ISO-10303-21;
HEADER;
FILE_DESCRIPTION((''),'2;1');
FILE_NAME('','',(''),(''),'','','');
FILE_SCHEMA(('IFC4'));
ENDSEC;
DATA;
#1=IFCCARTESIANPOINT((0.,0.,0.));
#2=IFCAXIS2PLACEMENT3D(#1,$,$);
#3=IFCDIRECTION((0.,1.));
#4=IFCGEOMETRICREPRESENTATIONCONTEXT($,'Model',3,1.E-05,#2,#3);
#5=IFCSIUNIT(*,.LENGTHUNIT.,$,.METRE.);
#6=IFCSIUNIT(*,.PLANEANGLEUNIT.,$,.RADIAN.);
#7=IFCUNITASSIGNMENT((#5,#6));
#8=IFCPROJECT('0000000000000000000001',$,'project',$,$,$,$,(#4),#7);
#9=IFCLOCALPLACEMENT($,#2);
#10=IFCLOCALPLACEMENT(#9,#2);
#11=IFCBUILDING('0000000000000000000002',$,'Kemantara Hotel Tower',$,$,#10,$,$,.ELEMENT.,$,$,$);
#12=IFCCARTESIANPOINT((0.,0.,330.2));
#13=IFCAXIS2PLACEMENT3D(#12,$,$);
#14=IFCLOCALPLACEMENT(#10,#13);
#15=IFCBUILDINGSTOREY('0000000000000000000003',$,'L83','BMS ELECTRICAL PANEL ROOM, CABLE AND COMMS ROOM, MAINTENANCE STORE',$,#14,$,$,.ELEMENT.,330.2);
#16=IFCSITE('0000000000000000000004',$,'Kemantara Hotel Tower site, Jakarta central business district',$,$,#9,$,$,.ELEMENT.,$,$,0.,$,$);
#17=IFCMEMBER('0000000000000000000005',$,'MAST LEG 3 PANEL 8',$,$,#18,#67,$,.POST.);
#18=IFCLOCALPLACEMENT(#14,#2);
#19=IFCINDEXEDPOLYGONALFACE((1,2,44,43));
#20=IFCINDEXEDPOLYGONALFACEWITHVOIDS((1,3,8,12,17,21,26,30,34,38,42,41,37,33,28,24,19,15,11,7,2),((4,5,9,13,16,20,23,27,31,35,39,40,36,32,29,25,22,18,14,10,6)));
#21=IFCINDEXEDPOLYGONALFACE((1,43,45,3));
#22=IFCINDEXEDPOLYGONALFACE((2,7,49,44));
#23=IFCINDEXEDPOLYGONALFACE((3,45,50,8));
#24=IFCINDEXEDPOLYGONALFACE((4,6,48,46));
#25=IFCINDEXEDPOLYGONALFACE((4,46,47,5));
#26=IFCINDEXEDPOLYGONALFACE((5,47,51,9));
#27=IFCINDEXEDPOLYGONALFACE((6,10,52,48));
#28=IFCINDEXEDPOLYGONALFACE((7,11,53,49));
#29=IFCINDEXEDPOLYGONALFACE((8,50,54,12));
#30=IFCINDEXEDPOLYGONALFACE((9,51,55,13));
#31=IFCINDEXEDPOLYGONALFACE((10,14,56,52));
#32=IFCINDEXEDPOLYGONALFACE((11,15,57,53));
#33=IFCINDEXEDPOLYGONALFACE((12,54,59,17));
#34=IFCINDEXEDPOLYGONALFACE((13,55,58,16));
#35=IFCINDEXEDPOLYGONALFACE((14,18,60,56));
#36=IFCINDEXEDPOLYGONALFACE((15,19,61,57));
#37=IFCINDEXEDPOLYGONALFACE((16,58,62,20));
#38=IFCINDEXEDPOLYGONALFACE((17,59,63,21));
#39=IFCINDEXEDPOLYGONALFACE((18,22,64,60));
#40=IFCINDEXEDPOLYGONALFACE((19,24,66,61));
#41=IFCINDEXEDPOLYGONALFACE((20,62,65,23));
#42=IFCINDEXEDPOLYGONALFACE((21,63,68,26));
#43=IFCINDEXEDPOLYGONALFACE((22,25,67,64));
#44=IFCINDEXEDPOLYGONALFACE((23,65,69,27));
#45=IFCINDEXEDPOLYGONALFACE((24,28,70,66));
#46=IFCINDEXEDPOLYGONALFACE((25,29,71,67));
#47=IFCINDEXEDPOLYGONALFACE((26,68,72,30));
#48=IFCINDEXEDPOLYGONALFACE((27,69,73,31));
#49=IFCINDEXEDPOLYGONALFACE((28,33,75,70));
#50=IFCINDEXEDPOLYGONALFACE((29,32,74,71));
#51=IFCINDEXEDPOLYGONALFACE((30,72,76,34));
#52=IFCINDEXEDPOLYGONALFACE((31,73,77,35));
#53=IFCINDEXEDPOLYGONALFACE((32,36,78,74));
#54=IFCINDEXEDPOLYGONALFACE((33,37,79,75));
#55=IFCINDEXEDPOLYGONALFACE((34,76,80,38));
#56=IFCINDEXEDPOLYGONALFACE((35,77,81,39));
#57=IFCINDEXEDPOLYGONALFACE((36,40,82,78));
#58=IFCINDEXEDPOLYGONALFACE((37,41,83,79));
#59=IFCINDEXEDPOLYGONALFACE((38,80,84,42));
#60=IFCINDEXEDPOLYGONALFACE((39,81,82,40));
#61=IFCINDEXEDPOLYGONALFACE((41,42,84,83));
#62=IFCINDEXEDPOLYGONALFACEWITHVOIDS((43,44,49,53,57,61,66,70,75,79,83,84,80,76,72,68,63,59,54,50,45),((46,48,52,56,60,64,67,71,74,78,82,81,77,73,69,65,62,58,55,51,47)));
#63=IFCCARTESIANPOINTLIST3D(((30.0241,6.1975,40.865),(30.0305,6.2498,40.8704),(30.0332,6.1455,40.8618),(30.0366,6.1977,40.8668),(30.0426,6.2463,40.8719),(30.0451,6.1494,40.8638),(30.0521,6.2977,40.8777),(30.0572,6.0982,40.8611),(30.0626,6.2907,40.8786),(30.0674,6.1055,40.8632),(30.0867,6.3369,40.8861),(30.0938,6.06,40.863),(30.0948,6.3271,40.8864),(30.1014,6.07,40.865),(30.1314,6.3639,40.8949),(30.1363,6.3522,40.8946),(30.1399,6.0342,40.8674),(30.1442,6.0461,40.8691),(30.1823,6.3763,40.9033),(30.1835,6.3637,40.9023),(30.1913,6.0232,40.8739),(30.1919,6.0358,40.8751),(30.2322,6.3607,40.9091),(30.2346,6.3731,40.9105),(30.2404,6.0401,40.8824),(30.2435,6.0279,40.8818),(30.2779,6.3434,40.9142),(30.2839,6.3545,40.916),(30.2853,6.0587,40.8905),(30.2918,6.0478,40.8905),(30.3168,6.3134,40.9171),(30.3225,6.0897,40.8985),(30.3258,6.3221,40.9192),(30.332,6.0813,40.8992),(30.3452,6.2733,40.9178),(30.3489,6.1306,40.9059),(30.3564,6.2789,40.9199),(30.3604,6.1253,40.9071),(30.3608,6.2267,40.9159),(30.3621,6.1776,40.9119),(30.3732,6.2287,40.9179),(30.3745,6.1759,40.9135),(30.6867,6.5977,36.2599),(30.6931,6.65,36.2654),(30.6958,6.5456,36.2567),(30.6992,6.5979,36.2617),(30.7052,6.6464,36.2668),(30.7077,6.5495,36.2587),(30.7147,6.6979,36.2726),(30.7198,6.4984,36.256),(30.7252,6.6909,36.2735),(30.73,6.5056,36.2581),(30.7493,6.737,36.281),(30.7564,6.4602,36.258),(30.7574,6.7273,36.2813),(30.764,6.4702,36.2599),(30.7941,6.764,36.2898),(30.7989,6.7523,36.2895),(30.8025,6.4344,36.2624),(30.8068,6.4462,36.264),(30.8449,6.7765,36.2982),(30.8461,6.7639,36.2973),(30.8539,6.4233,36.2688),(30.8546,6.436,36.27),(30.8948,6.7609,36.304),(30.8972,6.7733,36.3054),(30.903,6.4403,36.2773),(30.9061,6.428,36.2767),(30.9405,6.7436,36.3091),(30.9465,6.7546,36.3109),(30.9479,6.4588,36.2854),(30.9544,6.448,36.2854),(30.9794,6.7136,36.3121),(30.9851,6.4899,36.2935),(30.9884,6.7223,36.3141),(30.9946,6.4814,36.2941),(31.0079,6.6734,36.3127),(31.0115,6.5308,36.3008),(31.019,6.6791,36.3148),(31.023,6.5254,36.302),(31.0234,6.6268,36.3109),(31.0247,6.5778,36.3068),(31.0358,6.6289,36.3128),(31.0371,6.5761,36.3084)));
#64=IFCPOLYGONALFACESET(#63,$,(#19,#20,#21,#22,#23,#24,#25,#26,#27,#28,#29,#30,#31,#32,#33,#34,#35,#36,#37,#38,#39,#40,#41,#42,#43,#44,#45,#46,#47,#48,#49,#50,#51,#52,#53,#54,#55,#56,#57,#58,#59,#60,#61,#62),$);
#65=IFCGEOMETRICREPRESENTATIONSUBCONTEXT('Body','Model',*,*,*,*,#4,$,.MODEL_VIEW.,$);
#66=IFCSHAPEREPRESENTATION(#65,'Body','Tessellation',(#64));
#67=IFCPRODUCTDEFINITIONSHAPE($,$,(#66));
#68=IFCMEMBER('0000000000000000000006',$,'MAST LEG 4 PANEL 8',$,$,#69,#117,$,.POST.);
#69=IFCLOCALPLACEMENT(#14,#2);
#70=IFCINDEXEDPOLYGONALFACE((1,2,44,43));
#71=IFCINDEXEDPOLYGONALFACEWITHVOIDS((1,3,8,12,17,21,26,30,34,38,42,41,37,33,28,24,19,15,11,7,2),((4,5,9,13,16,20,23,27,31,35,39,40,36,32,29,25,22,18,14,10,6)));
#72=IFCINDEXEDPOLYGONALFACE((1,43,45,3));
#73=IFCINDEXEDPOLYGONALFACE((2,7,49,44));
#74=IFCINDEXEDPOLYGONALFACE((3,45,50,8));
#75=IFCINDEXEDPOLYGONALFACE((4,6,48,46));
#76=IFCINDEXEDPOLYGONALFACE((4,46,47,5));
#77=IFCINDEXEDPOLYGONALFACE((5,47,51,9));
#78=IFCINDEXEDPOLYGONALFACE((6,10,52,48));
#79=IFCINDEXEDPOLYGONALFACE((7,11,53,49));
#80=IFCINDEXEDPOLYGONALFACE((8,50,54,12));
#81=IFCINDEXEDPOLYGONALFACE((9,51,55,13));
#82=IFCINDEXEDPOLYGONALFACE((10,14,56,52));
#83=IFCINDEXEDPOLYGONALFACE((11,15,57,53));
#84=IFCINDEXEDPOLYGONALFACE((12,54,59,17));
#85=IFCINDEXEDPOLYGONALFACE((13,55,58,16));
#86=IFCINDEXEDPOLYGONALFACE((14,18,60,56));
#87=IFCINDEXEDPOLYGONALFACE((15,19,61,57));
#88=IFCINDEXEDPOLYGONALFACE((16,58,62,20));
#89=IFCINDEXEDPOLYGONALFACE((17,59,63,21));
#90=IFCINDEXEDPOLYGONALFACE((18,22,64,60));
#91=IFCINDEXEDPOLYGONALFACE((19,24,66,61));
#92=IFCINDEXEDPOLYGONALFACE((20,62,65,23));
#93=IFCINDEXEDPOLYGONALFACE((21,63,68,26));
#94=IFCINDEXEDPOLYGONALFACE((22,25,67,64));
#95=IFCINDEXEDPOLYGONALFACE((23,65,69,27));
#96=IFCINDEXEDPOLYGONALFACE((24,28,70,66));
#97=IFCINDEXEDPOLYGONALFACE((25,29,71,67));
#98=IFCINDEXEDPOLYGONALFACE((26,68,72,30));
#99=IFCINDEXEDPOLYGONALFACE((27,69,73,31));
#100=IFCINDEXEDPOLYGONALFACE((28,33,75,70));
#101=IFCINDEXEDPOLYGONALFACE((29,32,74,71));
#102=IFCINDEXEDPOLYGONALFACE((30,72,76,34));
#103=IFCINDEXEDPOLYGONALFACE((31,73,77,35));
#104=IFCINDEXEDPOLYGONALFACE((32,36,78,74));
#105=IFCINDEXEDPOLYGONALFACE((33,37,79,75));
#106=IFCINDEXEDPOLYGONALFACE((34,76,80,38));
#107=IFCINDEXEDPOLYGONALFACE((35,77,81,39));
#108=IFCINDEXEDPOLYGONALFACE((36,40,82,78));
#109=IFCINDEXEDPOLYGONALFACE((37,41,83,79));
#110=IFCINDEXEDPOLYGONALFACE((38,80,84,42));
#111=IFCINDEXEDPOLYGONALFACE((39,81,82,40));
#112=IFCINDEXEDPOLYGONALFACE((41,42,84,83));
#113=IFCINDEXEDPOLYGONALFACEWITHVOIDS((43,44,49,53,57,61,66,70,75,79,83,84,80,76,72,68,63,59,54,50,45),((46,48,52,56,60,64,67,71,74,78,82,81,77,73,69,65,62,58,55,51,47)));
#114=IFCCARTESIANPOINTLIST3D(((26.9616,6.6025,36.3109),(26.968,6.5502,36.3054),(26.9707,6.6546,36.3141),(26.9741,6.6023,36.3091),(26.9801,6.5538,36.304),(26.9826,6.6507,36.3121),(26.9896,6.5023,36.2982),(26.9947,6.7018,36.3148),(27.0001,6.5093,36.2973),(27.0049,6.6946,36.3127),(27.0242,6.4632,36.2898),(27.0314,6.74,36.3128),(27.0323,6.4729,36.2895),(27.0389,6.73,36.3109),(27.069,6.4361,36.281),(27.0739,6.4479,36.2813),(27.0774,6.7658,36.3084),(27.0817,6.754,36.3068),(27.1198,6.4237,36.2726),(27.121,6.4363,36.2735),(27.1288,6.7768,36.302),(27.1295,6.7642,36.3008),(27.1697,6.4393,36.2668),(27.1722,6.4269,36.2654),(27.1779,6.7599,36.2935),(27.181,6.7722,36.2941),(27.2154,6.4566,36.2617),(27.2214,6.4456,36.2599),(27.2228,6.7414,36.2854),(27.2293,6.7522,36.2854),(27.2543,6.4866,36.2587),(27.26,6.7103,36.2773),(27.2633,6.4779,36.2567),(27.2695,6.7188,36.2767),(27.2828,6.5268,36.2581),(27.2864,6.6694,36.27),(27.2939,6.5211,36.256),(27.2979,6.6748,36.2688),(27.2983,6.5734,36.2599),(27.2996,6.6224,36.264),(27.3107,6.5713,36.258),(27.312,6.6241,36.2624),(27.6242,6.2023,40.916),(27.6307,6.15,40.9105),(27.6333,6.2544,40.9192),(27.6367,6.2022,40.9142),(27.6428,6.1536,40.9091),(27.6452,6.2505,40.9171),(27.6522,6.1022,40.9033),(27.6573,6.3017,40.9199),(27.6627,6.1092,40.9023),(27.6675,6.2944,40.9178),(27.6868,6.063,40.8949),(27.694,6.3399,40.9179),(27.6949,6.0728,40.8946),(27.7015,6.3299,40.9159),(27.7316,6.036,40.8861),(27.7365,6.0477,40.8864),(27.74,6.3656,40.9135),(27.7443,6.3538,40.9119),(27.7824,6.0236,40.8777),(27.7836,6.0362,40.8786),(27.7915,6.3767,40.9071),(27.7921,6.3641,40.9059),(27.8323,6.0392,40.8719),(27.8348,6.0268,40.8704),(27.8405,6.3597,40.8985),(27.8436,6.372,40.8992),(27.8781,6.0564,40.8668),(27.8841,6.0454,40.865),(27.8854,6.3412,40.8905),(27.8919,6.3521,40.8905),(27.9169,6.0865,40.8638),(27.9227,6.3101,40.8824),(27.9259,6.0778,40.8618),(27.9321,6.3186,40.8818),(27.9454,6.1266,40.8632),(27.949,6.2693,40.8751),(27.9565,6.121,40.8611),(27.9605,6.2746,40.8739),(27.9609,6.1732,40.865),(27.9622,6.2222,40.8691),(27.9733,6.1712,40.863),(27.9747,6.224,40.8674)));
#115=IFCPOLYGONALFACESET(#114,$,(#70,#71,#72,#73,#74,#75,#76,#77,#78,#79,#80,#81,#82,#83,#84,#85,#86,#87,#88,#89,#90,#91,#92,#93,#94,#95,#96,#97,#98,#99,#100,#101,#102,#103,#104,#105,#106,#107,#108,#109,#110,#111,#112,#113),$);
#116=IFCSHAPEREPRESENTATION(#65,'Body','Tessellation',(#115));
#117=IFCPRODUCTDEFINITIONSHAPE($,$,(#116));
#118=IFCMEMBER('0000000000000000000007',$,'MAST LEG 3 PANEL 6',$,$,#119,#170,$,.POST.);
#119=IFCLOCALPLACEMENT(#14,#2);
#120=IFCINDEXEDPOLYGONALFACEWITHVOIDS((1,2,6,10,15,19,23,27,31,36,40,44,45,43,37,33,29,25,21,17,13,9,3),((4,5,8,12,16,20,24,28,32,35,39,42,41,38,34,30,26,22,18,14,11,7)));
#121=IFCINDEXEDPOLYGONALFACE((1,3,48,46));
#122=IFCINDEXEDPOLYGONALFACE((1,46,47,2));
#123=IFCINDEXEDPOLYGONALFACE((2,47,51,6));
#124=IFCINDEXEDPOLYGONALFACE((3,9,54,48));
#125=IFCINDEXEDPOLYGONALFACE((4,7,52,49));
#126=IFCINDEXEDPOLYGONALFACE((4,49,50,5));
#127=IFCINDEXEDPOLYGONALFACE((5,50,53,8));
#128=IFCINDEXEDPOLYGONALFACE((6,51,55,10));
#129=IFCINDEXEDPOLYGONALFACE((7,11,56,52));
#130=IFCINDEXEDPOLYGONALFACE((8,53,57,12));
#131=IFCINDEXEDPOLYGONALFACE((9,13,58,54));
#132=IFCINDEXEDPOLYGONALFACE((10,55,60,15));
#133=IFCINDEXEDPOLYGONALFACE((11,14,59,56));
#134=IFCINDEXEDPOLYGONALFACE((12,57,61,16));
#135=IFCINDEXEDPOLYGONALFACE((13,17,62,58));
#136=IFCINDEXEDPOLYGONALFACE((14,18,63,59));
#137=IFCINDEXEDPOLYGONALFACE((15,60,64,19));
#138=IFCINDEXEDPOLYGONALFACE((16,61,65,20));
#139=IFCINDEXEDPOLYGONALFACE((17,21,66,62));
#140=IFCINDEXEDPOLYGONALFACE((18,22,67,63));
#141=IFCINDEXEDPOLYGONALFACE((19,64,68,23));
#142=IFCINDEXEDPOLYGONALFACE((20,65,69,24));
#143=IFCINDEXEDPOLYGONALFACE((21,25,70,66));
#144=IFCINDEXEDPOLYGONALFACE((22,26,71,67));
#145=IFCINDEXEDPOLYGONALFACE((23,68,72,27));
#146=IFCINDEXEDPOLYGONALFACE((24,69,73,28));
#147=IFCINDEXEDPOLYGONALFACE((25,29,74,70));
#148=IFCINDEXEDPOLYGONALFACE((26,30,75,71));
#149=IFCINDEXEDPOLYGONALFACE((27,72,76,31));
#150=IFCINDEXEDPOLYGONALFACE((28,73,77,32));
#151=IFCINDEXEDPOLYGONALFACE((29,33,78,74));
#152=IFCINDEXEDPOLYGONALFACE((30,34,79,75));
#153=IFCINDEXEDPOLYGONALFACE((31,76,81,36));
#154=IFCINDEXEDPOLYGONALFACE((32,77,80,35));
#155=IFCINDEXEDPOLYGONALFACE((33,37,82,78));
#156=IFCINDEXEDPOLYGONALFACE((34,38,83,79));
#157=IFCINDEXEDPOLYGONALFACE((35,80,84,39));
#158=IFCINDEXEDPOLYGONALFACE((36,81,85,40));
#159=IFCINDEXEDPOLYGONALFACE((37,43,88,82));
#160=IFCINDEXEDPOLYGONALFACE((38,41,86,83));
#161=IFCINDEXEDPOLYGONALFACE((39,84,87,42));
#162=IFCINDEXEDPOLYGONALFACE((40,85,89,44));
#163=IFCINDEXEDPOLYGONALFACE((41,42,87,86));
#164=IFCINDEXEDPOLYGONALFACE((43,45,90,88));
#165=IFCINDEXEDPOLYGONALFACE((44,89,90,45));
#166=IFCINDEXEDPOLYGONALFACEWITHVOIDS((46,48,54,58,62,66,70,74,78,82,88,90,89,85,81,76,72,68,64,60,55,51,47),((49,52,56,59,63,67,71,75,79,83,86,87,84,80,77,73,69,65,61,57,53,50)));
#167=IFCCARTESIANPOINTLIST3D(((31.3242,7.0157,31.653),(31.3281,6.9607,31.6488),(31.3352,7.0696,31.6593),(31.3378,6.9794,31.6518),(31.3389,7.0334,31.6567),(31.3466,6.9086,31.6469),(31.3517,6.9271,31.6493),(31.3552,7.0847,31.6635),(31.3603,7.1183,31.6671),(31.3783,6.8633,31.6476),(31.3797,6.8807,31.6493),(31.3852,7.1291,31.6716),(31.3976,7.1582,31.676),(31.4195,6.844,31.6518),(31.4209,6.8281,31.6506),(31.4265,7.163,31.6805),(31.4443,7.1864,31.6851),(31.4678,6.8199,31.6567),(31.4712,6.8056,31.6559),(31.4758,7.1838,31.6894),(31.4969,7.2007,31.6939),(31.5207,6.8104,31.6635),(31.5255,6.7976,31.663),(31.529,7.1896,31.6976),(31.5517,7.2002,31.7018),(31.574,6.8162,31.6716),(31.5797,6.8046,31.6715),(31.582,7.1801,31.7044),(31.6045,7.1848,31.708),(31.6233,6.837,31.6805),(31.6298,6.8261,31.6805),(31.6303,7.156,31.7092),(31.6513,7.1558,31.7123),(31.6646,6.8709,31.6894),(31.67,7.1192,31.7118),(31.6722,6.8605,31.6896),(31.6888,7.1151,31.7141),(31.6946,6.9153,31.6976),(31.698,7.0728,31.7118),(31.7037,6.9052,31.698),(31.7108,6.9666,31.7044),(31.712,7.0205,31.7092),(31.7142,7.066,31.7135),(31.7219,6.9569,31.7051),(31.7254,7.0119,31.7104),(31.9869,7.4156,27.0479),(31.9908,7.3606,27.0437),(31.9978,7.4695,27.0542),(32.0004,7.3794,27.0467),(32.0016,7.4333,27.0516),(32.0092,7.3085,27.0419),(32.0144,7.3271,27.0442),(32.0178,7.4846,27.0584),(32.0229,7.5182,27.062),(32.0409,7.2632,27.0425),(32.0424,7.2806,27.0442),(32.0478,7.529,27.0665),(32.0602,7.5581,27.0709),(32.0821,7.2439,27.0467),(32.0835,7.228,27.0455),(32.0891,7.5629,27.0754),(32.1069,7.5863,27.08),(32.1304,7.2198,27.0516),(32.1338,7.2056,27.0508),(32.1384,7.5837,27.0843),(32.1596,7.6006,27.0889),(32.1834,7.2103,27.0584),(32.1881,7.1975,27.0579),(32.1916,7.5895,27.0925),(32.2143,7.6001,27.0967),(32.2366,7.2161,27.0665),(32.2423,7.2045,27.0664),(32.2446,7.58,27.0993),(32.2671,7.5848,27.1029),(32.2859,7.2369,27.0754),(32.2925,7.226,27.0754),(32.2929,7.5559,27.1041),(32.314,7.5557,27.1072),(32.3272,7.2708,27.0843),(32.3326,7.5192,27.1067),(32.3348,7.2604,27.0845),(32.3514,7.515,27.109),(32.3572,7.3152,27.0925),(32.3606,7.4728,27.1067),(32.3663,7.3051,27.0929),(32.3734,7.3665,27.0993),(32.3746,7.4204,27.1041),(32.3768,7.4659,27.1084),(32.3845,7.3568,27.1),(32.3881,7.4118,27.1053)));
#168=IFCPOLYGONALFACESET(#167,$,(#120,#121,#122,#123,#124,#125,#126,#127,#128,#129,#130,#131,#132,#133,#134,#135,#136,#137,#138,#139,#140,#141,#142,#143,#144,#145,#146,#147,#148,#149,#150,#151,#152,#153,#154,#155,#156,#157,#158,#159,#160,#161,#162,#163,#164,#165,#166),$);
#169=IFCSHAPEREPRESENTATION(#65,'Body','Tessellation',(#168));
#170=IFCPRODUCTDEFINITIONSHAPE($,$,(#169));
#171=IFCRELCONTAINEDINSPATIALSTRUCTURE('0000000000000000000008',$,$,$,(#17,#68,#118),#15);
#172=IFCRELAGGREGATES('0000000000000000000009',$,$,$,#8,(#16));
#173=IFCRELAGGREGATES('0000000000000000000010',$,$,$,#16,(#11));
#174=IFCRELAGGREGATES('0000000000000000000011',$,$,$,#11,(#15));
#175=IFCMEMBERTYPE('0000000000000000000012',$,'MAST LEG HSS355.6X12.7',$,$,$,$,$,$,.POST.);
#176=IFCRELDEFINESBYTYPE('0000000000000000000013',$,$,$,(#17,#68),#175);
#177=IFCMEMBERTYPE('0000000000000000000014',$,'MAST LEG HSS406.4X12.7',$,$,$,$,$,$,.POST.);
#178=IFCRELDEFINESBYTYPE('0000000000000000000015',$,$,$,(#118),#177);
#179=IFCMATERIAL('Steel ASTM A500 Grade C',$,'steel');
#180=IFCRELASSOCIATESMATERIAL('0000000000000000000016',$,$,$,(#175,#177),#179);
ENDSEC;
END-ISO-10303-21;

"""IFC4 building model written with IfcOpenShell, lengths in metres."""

from ifc_helpers import new_model, si_unit, direction, frame, origin, origin_2d, place, context, subcontext, project, spatial, hollow_circle, extrude, material, material_profile, profile_set, type_object, element, save


model = new_model("IFC4")

# Units and contexts
model_context = context("Model", 3, precision=1e-05, world=origin(), true_north=direction((0.0, 1.0)))
body_context = subcontext(model_context, "Body", "Model", "MODEL_VIEW")
ifc_project = project(units=[si_unit("LENGTHUNIT", "METRE"), si_unit("PLANEANGLEUNIT", "RADIAN")], contexts=[model_context])

# Site, building, storey
site_placement = place(None, origin())
site = spatial("IfcSite", under=ifc_project, at=site_placement, Name="Kemantara Hotel Tower site, Jakarta central business district", CompositionType="ELEMENT", RefElevation=0.0)
building_placement = place(site_placement, origin())
building = spatial("IfcBuilding", under=site, at=building_placement, Name="Kemantara Hotel Tower", CompositionType="ELEMENT")
storey_placement = place(building_placement, frame((0.0, 0.0, 330.2)))
storey = spatial("IfcBuildingStorey", under=building, at=storey_placement, Name="L83", Description="BMS ELECTRICAL PANEL ROOM, CABLE AND COMMS ROOM, MAINTENANCE STORE", CompositionType="ELEMENT", Elevation=330.2)

# Members
ifc_material = material(Name="Steel ASTM A500 Grade C", Category="steel")
ifc_material_profile_1 = material_profile(ifc_material, hollow_circle(Radius=0.1777, WallThickness=0.0127, at=origin_2d()), Name="HSS355.6X12.7")
ifc_profile_set_1 = profile_set([ifc_material_profile_1], Name="Steel ASTM A500 Grade C")
member_type_1 = type_object("IfcMemberType", Name="MAST LEG HSS355.6X12.7", PredefinedType="POST", material=ifc_profile_set_1)
for number, where, z_axis, x_axis, name in (
    (1, (30.8625, 6.6001, 36.2854), (-0.141897, -0.085692, 0.986165), (0.516952, -0.856014, 0.0), "MAST LEG 3 PANEL 8"),
    (2, (27.1375, 6.6001, 36.2854), (0.141897, -0.085692, 0.986165), (0.516952, 0.856014, 0.0), "MAST LEG 4 PANEL 8"),
):
    element("IfcMember", number, at=place(storey_placement, frame(where, z_axis=z_axis, x_axis=x_axis)), inside=storey, type_object=member_type_1, Name=name, PredefinedType="POST", context=body_context, shape_type="SweptSolid", body=[
        extrude(hollow_circle(Radius=0.1777, WallThickness=0.0127, at=origin_2d()), origin(), (0.0, 0.0, 1.0), 4.6697),
    ])
ifc_material_profile_2 = material_profile(ifc_material, hollow_circle(Radius=0.2031, WallThickness=0.0127, at=origin_2d()), Name="HSS406.4X12.7")
ifc_profile_set_2 = profile_set([ifc_material_profile_2], Name="Steel ASTM A500 Grade C")
member_type_2 = type_object("IfcMemberType", Name="MAST LEG HSS406.4X12.7", PredefinedType="POST", material=ifc_profile_set_2)
member_1_placement = place(storey_placement, frame((32.1875, 7.3999, 27.0754), z_axis=(-0.141897, -0.08564, 0.98617), x_axis=(0.516721, -0.856154, 0.0)))
element("IfcMember", 3, at=member_1_placement, inside=storey, type_object=member_type_2, Name="MAST LEG 3 PANEL 6", PredefinedType="POST", context=body_context, shape_type="SweptSolid", body=[
    extrude(hollow_circle(Radius=0.2031, WallThickness=0.0127, at=origin_2d()), origin(), (0.0, 0.0, 1.0), 4.6697),
])

save(model, "model.ifc")
